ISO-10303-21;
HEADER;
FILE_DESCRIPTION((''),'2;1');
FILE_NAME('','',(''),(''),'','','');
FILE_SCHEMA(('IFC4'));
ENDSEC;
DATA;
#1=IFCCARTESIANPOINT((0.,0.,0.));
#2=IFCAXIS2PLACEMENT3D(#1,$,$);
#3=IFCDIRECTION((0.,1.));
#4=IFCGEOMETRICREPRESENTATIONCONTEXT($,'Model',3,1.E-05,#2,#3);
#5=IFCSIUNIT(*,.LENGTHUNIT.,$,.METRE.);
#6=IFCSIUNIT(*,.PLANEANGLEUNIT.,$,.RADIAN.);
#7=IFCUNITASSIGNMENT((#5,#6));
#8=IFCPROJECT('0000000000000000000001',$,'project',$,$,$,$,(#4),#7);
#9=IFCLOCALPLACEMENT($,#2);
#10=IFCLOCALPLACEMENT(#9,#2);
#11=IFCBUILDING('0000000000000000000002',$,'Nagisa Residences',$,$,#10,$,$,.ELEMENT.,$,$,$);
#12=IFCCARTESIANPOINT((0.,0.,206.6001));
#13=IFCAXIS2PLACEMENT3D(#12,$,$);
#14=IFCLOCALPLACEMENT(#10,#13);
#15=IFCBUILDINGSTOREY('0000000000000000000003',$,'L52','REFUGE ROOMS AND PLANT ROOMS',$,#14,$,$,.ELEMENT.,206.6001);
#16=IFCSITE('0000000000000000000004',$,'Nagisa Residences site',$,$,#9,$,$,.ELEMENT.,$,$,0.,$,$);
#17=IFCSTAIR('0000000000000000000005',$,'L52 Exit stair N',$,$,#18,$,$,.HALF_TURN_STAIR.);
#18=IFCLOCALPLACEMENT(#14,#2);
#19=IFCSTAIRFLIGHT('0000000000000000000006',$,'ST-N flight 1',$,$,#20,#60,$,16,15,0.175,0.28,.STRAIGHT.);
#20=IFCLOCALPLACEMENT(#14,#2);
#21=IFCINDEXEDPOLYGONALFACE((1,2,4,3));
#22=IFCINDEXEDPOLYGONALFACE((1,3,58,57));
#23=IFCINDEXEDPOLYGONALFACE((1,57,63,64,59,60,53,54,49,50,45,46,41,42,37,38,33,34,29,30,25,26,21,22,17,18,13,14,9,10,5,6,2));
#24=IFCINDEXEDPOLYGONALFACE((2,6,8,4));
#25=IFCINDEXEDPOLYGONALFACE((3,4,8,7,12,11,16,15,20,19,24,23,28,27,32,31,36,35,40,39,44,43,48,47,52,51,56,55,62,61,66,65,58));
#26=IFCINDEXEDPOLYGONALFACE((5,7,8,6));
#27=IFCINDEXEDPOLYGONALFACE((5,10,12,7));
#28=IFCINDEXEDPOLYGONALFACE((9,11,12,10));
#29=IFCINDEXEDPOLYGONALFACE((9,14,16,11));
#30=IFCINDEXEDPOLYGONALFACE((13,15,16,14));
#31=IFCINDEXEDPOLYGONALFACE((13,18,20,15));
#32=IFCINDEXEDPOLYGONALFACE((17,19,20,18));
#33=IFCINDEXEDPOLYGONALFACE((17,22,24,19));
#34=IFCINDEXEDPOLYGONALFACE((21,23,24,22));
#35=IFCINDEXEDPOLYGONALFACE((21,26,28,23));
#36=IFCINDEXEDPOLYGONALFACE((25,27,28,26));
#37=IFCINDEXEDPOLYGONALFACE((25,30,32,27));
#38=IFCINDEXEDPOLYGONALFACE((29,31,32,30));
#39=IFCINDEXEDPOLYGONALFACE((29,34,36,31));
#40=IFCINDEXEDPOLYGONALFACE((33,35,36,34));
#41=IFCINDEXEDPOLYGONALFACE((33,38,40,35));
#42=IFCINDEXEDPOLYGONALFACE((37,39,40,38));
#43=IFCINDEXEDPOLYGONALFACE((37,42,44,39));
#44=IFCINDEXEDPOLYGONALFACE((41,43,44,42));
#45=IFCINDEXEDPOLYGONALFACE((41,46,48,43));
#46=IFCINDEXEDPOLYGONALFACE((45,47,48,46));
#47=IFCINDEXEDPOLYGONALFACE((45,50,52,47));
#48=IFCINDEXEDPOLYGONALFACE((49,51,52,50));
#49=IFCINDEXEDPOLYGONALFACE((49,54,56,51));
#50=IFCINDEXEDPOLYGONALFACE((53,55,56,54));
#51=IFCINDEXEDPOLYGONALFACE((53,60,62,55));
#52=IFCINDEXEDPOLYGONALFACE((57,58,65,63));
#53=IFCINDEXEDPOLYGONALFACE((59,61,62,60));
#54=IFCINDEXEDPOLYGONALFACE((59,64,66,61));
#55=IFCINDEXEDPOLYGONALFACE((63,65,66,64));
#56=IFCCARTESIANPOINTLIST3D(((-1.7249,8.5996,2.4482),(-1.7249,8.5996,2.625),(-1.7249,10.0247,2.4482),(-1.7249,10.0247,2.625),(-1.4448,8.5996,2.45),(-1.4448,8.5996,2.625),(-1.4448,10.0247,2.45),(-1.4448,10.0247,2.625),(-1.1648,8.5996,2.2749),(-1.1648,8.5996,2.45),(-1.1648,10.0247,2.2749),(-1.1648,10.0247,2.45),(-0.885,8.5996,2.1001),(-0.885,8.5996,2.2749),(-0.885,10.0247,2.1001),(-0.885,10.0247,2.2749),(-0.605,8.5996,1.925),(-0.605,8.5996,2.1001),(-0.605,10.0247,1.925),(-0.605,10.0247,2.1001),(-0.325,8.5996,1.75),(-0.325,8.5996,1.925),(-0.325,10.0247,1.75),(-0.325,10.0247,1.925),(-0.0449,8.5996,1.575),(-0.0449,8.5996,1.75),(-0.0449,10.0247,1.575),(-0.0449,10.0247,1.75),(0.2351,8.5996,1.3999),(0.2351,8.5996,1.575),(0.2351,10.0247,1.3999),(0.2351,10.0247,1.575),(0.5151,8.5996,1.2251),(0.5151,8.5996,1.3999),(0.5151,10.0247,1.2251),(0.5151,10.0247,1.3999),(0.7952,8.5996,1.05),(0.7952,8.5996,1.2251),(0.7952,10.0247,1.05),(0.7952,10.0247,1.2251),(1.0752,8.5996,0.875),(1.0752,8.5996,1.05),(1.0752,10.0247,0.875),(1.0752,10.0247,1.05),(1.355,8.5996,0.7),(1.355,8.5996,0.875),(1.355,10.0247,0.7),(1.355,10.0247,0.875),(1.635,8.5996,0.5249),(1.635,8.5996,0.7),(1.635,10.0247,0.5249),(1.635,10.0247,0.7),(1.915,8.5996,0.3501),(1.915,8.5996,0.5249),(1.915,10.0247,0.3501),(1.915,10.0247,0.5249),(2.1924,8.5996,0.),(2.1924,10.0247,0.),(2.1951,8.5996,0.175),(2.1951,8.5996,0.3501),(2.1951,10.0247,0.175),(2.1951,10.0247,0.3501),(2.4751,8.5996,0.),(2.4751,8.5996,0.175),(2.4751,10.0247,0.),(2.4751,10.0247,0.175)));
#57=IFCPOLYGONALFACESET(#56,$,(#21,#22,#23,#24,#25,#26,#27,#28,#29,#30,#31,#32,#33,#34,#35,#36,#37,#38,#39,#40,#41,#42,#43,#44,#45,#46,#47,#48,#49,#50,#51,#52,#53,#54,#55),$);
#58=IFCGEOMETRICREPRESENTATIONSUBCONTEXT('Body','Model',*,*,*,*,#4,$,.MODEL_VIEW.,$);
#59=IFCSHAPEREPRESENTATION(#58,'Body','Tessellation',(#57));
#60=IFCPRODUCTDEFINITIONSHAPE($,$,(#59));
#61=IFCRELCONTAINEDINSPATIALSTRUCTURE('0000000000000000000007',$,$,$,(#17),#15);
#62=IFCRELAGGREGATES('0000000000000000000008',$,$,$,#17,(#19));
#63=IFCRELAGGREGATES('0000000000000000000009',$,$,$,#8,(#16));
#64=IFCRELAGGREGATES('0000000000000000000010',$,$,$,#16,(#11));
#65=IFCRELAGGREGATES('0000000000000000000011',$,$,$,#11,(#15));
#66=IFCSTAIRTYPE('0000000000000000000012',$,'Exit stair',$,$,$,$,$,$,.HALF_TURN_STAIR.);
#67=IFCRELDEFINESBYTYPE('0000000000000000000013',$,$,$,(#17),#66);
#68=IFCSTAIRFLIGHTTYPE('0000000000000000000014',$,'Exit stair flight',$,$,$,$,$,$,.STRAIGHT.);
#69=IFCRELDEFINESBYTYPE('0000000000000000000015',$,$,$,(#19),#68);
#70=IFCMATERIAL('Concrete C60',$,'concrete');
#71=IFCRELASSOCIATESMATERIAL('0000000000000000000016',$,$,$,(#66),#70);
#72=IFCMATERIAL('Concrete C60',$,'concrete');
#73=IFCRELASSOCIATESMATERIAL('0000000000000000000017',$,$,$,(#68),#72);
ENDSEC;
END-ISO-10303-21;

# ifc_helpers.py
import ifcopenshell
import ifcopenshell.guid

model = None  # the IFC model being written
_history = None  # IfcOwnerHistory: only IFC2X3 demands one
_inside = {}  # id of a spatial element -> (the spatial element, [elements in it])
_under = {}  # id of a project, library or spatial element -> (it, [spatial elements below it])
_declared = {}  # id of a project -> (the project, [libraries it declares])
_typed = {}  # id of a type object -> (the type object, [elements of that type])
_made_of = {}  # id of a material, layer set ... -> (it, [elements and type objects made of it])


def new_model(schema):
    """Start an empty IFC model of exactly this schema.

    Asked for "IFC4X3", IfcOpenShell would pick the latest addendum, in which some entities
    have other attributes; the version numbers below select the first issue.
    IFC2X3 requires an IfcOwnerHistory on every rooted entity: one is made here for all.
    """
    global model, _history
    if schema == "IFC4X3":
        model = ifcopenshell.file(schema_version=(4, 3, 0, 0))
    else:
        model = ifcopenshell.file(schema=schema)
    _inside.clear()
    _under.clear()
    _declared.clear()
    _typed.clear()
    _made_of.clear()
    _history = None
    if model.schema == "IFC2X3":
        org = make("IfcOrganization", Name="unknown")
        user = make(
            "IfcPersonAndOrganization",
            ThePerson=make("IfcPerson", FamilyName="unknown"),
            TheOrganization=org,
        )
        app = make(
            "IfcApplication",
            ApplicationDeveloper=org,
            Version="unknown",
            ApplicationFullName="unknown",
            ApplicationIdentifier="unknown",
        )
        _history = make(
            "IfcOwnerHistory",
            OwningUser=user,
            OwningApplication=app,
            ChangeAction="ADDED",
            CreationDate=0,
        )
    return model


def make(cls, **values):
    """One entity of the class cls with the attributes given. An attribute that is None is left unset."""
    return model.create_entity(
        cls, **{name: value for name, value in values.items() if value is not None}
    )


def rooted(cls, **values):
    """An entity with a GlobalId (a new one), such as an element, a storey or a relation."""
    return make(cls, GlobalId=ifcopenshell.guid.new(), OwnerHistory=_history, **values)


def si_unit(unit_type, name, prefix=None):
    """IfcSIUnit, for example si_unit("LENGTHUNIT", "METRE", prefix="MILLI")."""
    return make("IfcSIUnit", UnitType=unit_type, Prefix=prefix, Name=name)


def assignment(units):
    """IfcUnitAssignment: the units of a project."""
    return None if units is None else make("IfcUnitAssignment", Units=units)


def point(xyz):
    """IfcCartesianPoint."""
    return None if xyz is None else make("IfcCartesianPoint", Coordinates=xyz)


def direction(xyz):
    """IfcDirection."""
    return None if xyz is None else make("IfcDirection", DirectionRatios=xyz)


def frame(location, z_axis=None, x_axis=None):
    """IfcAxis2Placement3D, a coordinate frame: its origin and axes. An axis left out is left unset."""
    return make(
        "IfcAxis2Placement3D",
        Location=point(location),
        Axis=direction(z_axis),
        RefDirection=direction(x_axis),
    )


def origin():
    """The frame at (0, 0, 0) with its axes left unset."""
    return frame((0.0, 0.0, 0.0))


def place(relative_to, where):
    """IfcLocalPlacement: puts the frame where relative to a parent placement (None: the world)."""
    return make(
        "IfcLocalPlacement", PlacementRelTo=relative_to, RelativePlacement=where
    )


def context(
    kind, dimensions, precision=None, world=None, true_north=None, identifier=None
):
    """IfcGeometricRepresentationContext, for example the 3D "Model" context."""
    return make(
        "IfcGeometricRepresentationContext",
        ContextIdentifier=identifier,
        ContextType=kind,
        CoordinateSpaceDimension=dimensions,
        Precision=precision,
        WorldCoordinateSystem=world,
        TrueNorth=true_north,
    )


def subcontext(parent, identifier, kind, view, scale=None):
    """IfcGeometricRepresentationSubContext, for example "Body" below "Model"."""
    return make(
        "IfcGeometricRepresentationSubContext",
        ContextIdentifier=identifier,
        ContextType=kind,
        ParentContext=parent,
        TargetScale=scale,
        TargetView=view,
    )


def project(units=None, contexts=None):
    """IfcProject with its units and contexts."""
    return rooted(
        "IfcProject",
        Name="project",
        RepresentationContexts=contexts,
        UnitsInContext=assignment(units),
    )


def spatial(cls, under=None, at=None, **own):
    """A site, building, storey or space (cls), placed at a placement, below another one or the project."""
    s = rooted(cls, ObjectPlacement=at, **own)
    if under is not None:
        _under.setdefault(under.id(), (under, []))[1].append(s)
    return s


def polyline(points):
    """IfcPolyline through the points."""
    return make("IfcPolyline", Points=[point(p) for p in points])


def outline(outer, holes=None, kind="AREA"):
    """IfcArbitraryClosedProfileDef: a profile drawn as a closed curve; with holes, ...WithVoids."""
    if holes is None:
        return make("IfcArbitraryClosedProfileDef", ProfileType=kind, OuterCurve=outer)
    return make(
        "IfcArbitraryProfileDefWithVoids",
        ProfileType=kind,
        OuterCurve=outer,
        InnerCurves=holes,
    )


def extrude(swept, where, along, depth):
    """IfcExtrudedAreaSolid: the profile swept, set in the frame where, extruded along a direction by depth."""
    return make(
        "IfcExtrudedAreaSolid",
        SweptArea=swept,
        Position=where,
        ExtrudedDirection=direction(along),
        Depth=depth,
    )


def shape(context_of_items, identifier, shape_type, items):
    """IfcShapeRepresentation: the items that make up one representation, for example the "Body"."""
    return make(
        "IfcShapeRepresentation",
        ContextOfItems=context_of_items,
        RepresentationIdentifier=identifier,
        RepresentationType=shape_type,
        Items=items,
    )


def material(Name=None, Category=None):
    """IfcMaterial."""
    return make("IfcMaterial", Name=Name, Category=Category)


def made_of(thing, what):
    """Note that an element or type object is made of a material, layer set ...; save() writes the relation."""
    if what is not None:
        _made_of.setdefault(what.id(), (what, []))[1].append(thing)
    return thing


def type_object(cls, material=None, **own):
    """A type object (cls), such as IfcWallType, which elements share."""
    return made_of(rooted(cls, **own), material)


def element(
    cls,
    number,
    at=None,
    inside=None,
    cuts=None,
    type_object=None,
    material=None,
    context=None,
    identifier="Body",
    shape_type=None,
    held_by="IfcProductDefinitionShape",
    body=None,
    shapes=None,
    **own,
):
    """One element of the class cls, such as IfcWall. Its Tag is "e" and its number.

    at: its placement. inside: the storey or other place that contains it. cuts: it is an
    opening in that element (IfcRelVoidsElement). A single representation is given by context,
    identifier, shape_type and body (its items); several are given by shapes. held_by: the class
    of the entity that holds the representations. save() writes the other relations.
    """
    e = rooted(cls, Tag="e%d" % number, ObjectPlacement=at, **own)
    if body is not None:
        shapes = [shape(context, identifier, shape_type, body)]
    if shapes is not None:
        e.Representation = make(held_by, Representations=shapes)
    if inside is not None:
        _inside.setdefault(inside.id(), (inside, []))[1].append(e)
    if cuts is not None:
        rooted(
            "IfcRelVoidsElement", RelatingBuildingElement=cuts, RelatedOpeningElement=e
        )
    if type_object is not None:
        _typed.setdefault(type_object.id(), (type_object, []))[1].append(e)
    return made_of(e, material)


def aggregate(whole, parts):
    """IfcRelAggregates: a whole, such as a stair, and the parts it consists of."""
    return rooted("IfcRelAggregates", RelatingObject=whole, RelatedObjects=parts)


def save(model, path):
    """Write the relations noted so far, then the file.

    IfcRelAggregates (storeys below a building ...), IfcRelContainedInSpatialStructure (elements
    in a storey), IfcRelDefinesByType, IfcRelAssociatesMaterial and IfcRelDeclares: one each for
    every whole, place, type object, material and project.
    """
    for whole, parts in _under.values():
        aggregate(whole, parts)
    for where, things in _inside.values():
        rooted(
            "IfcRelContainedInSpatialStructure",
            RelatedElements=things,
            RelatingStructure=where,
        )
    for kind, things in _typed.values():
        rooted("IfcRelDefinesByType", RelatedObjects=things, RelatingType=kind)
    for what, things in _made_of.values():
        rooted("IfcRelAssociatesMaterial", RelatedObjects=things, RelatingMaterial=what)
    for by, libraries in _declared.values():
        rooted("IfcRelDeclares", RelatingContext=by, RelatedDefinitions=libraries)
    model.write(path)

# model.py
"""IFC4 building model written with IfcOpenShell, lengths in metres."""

from ifc_helpers import new_model, si_unit, direction, frame, origin, place, context, subcontext, project, spatial, polyline, outline, extrude, material, type_object, element, aggregate, save


model = new_model("IFC4")

# Units and contexts
model_context = context("Model", 3, precision=1e-05, world=origin(), true_north=direction((0.0, 1.0)))
body_context = subcontext(model_context, "Body", "Model", "MODEL_VIEW")
ifc_project = project(units=[si_unit("LENGTHUNIT", "METRE"), si_unit("PLANEANGLEUNIT", "RADIAN")], contexts=[model_context])

# Site, building, storey
site_placement = place(None, origin())
site = spatial("IfcSite", under=ifc_project, at=site_placement, Name="Nagisa Residences site", CompositionType="ELEMENT", RefElevation=0.0)
building_placement = place(site_placement, origin())
building = spatial("IfcBuilding", under=site, at=building_placement, Name="Nagisa Residences", CompositionType="ELEMENT")
storey_placement = place(building_placement, frame((0.0, 0.0, 206.6001)))
storey = spatial("IfcBuildingStorey", under=building, at=storey_placement, Name="L52", Description="REFUGE ROOMS AND PLANT ROOMS", CompositionType="ELEMENT", Elevation=206.6001)

# Stair, stair flight
ifc_material_1 = material(Name="Concrete C60", Category="concrete")
stair_type = type_object("IfcStairType", Name="Exit stair", PredefinedType="HALF_TURN_STAIR", material=ifc_material_1)
stair_placement = place(storey_placement, origin())
stair = element("IfcStair", 1, at=stair_placement, inside=storey, type_object=stair_type, Name="L52 Exit stair N", PredefinedType="HALF_TURN_STAIR")
ifc_material_2 = material(Name="Concrete C60", Category="concrete")
stair_flight_type = type_object("IfcStairFlightType", Name="Exit stair flight", PredefinedType="STRAIGHT", material=ifc_material_2)
stair_flight_placement = place(storey_placement, frame((2.4751, 9.312, 0.0), z_axis=(0.0, 0.0, 1.0), x_axis=(-1.0, 0.0, 0.0)))
stair_flight = element("IfcStairFlight", 2, at=stair_flight_placement, type_object=stair_flight_type, Name="ST-N flight 1", NumberOfRisers=16, NumberOfTreads=15, PredefinedType="STRAIGHT", RiserHeight=0.175, TreadLength=0.28, context=body_context, shape_type="SweptSolid", body=[
    extrude(outline(polyline([(0.0, 0.0), (0.0, 0.175), (0.28, 0.175), (0.28, 0.3501), (0.5601, 0.3501), (0.5601, 0.5249), (0.8401, 0.5249), (0.8401, 0.7), (1.1201, 0.7), (1.1201, 0.875), (1.3999, 0.875), (1.3999, 1.05), (1.6799, 1.05), (1.6799, 1.2251), (1.96, 1.2251), (1.96, 1.3999), (2.24, 1.3999), (2.24, 1.575), (2.52, 1.575), (2.52, 1.75), (2.8, 1.75), (2.8, 1.925), (3.0801, 1.925), (3.0801, 2.1001), (3.3601, 2.1001), (3.3601, 2.2749), (3.6399, 2.2749), (3.6399, 2.45), (3.9199, 2.45), (3.9199, 2.625), (4.2, 2.625), (4.2, 2.8), (4.2, 2.4482), (0.2827, 0.0), (0.0, 0.0)])), frame((0.0, 0.7124, 0.0), z_axis=(0.0, -1.0, 0.0), x_axis=(1.0, 0.0, 0.0)), (0.0, 0.0, 1.0), 1.425),
])
aggregate(stair, [stair_flight])

save(model, "model.ifc")
